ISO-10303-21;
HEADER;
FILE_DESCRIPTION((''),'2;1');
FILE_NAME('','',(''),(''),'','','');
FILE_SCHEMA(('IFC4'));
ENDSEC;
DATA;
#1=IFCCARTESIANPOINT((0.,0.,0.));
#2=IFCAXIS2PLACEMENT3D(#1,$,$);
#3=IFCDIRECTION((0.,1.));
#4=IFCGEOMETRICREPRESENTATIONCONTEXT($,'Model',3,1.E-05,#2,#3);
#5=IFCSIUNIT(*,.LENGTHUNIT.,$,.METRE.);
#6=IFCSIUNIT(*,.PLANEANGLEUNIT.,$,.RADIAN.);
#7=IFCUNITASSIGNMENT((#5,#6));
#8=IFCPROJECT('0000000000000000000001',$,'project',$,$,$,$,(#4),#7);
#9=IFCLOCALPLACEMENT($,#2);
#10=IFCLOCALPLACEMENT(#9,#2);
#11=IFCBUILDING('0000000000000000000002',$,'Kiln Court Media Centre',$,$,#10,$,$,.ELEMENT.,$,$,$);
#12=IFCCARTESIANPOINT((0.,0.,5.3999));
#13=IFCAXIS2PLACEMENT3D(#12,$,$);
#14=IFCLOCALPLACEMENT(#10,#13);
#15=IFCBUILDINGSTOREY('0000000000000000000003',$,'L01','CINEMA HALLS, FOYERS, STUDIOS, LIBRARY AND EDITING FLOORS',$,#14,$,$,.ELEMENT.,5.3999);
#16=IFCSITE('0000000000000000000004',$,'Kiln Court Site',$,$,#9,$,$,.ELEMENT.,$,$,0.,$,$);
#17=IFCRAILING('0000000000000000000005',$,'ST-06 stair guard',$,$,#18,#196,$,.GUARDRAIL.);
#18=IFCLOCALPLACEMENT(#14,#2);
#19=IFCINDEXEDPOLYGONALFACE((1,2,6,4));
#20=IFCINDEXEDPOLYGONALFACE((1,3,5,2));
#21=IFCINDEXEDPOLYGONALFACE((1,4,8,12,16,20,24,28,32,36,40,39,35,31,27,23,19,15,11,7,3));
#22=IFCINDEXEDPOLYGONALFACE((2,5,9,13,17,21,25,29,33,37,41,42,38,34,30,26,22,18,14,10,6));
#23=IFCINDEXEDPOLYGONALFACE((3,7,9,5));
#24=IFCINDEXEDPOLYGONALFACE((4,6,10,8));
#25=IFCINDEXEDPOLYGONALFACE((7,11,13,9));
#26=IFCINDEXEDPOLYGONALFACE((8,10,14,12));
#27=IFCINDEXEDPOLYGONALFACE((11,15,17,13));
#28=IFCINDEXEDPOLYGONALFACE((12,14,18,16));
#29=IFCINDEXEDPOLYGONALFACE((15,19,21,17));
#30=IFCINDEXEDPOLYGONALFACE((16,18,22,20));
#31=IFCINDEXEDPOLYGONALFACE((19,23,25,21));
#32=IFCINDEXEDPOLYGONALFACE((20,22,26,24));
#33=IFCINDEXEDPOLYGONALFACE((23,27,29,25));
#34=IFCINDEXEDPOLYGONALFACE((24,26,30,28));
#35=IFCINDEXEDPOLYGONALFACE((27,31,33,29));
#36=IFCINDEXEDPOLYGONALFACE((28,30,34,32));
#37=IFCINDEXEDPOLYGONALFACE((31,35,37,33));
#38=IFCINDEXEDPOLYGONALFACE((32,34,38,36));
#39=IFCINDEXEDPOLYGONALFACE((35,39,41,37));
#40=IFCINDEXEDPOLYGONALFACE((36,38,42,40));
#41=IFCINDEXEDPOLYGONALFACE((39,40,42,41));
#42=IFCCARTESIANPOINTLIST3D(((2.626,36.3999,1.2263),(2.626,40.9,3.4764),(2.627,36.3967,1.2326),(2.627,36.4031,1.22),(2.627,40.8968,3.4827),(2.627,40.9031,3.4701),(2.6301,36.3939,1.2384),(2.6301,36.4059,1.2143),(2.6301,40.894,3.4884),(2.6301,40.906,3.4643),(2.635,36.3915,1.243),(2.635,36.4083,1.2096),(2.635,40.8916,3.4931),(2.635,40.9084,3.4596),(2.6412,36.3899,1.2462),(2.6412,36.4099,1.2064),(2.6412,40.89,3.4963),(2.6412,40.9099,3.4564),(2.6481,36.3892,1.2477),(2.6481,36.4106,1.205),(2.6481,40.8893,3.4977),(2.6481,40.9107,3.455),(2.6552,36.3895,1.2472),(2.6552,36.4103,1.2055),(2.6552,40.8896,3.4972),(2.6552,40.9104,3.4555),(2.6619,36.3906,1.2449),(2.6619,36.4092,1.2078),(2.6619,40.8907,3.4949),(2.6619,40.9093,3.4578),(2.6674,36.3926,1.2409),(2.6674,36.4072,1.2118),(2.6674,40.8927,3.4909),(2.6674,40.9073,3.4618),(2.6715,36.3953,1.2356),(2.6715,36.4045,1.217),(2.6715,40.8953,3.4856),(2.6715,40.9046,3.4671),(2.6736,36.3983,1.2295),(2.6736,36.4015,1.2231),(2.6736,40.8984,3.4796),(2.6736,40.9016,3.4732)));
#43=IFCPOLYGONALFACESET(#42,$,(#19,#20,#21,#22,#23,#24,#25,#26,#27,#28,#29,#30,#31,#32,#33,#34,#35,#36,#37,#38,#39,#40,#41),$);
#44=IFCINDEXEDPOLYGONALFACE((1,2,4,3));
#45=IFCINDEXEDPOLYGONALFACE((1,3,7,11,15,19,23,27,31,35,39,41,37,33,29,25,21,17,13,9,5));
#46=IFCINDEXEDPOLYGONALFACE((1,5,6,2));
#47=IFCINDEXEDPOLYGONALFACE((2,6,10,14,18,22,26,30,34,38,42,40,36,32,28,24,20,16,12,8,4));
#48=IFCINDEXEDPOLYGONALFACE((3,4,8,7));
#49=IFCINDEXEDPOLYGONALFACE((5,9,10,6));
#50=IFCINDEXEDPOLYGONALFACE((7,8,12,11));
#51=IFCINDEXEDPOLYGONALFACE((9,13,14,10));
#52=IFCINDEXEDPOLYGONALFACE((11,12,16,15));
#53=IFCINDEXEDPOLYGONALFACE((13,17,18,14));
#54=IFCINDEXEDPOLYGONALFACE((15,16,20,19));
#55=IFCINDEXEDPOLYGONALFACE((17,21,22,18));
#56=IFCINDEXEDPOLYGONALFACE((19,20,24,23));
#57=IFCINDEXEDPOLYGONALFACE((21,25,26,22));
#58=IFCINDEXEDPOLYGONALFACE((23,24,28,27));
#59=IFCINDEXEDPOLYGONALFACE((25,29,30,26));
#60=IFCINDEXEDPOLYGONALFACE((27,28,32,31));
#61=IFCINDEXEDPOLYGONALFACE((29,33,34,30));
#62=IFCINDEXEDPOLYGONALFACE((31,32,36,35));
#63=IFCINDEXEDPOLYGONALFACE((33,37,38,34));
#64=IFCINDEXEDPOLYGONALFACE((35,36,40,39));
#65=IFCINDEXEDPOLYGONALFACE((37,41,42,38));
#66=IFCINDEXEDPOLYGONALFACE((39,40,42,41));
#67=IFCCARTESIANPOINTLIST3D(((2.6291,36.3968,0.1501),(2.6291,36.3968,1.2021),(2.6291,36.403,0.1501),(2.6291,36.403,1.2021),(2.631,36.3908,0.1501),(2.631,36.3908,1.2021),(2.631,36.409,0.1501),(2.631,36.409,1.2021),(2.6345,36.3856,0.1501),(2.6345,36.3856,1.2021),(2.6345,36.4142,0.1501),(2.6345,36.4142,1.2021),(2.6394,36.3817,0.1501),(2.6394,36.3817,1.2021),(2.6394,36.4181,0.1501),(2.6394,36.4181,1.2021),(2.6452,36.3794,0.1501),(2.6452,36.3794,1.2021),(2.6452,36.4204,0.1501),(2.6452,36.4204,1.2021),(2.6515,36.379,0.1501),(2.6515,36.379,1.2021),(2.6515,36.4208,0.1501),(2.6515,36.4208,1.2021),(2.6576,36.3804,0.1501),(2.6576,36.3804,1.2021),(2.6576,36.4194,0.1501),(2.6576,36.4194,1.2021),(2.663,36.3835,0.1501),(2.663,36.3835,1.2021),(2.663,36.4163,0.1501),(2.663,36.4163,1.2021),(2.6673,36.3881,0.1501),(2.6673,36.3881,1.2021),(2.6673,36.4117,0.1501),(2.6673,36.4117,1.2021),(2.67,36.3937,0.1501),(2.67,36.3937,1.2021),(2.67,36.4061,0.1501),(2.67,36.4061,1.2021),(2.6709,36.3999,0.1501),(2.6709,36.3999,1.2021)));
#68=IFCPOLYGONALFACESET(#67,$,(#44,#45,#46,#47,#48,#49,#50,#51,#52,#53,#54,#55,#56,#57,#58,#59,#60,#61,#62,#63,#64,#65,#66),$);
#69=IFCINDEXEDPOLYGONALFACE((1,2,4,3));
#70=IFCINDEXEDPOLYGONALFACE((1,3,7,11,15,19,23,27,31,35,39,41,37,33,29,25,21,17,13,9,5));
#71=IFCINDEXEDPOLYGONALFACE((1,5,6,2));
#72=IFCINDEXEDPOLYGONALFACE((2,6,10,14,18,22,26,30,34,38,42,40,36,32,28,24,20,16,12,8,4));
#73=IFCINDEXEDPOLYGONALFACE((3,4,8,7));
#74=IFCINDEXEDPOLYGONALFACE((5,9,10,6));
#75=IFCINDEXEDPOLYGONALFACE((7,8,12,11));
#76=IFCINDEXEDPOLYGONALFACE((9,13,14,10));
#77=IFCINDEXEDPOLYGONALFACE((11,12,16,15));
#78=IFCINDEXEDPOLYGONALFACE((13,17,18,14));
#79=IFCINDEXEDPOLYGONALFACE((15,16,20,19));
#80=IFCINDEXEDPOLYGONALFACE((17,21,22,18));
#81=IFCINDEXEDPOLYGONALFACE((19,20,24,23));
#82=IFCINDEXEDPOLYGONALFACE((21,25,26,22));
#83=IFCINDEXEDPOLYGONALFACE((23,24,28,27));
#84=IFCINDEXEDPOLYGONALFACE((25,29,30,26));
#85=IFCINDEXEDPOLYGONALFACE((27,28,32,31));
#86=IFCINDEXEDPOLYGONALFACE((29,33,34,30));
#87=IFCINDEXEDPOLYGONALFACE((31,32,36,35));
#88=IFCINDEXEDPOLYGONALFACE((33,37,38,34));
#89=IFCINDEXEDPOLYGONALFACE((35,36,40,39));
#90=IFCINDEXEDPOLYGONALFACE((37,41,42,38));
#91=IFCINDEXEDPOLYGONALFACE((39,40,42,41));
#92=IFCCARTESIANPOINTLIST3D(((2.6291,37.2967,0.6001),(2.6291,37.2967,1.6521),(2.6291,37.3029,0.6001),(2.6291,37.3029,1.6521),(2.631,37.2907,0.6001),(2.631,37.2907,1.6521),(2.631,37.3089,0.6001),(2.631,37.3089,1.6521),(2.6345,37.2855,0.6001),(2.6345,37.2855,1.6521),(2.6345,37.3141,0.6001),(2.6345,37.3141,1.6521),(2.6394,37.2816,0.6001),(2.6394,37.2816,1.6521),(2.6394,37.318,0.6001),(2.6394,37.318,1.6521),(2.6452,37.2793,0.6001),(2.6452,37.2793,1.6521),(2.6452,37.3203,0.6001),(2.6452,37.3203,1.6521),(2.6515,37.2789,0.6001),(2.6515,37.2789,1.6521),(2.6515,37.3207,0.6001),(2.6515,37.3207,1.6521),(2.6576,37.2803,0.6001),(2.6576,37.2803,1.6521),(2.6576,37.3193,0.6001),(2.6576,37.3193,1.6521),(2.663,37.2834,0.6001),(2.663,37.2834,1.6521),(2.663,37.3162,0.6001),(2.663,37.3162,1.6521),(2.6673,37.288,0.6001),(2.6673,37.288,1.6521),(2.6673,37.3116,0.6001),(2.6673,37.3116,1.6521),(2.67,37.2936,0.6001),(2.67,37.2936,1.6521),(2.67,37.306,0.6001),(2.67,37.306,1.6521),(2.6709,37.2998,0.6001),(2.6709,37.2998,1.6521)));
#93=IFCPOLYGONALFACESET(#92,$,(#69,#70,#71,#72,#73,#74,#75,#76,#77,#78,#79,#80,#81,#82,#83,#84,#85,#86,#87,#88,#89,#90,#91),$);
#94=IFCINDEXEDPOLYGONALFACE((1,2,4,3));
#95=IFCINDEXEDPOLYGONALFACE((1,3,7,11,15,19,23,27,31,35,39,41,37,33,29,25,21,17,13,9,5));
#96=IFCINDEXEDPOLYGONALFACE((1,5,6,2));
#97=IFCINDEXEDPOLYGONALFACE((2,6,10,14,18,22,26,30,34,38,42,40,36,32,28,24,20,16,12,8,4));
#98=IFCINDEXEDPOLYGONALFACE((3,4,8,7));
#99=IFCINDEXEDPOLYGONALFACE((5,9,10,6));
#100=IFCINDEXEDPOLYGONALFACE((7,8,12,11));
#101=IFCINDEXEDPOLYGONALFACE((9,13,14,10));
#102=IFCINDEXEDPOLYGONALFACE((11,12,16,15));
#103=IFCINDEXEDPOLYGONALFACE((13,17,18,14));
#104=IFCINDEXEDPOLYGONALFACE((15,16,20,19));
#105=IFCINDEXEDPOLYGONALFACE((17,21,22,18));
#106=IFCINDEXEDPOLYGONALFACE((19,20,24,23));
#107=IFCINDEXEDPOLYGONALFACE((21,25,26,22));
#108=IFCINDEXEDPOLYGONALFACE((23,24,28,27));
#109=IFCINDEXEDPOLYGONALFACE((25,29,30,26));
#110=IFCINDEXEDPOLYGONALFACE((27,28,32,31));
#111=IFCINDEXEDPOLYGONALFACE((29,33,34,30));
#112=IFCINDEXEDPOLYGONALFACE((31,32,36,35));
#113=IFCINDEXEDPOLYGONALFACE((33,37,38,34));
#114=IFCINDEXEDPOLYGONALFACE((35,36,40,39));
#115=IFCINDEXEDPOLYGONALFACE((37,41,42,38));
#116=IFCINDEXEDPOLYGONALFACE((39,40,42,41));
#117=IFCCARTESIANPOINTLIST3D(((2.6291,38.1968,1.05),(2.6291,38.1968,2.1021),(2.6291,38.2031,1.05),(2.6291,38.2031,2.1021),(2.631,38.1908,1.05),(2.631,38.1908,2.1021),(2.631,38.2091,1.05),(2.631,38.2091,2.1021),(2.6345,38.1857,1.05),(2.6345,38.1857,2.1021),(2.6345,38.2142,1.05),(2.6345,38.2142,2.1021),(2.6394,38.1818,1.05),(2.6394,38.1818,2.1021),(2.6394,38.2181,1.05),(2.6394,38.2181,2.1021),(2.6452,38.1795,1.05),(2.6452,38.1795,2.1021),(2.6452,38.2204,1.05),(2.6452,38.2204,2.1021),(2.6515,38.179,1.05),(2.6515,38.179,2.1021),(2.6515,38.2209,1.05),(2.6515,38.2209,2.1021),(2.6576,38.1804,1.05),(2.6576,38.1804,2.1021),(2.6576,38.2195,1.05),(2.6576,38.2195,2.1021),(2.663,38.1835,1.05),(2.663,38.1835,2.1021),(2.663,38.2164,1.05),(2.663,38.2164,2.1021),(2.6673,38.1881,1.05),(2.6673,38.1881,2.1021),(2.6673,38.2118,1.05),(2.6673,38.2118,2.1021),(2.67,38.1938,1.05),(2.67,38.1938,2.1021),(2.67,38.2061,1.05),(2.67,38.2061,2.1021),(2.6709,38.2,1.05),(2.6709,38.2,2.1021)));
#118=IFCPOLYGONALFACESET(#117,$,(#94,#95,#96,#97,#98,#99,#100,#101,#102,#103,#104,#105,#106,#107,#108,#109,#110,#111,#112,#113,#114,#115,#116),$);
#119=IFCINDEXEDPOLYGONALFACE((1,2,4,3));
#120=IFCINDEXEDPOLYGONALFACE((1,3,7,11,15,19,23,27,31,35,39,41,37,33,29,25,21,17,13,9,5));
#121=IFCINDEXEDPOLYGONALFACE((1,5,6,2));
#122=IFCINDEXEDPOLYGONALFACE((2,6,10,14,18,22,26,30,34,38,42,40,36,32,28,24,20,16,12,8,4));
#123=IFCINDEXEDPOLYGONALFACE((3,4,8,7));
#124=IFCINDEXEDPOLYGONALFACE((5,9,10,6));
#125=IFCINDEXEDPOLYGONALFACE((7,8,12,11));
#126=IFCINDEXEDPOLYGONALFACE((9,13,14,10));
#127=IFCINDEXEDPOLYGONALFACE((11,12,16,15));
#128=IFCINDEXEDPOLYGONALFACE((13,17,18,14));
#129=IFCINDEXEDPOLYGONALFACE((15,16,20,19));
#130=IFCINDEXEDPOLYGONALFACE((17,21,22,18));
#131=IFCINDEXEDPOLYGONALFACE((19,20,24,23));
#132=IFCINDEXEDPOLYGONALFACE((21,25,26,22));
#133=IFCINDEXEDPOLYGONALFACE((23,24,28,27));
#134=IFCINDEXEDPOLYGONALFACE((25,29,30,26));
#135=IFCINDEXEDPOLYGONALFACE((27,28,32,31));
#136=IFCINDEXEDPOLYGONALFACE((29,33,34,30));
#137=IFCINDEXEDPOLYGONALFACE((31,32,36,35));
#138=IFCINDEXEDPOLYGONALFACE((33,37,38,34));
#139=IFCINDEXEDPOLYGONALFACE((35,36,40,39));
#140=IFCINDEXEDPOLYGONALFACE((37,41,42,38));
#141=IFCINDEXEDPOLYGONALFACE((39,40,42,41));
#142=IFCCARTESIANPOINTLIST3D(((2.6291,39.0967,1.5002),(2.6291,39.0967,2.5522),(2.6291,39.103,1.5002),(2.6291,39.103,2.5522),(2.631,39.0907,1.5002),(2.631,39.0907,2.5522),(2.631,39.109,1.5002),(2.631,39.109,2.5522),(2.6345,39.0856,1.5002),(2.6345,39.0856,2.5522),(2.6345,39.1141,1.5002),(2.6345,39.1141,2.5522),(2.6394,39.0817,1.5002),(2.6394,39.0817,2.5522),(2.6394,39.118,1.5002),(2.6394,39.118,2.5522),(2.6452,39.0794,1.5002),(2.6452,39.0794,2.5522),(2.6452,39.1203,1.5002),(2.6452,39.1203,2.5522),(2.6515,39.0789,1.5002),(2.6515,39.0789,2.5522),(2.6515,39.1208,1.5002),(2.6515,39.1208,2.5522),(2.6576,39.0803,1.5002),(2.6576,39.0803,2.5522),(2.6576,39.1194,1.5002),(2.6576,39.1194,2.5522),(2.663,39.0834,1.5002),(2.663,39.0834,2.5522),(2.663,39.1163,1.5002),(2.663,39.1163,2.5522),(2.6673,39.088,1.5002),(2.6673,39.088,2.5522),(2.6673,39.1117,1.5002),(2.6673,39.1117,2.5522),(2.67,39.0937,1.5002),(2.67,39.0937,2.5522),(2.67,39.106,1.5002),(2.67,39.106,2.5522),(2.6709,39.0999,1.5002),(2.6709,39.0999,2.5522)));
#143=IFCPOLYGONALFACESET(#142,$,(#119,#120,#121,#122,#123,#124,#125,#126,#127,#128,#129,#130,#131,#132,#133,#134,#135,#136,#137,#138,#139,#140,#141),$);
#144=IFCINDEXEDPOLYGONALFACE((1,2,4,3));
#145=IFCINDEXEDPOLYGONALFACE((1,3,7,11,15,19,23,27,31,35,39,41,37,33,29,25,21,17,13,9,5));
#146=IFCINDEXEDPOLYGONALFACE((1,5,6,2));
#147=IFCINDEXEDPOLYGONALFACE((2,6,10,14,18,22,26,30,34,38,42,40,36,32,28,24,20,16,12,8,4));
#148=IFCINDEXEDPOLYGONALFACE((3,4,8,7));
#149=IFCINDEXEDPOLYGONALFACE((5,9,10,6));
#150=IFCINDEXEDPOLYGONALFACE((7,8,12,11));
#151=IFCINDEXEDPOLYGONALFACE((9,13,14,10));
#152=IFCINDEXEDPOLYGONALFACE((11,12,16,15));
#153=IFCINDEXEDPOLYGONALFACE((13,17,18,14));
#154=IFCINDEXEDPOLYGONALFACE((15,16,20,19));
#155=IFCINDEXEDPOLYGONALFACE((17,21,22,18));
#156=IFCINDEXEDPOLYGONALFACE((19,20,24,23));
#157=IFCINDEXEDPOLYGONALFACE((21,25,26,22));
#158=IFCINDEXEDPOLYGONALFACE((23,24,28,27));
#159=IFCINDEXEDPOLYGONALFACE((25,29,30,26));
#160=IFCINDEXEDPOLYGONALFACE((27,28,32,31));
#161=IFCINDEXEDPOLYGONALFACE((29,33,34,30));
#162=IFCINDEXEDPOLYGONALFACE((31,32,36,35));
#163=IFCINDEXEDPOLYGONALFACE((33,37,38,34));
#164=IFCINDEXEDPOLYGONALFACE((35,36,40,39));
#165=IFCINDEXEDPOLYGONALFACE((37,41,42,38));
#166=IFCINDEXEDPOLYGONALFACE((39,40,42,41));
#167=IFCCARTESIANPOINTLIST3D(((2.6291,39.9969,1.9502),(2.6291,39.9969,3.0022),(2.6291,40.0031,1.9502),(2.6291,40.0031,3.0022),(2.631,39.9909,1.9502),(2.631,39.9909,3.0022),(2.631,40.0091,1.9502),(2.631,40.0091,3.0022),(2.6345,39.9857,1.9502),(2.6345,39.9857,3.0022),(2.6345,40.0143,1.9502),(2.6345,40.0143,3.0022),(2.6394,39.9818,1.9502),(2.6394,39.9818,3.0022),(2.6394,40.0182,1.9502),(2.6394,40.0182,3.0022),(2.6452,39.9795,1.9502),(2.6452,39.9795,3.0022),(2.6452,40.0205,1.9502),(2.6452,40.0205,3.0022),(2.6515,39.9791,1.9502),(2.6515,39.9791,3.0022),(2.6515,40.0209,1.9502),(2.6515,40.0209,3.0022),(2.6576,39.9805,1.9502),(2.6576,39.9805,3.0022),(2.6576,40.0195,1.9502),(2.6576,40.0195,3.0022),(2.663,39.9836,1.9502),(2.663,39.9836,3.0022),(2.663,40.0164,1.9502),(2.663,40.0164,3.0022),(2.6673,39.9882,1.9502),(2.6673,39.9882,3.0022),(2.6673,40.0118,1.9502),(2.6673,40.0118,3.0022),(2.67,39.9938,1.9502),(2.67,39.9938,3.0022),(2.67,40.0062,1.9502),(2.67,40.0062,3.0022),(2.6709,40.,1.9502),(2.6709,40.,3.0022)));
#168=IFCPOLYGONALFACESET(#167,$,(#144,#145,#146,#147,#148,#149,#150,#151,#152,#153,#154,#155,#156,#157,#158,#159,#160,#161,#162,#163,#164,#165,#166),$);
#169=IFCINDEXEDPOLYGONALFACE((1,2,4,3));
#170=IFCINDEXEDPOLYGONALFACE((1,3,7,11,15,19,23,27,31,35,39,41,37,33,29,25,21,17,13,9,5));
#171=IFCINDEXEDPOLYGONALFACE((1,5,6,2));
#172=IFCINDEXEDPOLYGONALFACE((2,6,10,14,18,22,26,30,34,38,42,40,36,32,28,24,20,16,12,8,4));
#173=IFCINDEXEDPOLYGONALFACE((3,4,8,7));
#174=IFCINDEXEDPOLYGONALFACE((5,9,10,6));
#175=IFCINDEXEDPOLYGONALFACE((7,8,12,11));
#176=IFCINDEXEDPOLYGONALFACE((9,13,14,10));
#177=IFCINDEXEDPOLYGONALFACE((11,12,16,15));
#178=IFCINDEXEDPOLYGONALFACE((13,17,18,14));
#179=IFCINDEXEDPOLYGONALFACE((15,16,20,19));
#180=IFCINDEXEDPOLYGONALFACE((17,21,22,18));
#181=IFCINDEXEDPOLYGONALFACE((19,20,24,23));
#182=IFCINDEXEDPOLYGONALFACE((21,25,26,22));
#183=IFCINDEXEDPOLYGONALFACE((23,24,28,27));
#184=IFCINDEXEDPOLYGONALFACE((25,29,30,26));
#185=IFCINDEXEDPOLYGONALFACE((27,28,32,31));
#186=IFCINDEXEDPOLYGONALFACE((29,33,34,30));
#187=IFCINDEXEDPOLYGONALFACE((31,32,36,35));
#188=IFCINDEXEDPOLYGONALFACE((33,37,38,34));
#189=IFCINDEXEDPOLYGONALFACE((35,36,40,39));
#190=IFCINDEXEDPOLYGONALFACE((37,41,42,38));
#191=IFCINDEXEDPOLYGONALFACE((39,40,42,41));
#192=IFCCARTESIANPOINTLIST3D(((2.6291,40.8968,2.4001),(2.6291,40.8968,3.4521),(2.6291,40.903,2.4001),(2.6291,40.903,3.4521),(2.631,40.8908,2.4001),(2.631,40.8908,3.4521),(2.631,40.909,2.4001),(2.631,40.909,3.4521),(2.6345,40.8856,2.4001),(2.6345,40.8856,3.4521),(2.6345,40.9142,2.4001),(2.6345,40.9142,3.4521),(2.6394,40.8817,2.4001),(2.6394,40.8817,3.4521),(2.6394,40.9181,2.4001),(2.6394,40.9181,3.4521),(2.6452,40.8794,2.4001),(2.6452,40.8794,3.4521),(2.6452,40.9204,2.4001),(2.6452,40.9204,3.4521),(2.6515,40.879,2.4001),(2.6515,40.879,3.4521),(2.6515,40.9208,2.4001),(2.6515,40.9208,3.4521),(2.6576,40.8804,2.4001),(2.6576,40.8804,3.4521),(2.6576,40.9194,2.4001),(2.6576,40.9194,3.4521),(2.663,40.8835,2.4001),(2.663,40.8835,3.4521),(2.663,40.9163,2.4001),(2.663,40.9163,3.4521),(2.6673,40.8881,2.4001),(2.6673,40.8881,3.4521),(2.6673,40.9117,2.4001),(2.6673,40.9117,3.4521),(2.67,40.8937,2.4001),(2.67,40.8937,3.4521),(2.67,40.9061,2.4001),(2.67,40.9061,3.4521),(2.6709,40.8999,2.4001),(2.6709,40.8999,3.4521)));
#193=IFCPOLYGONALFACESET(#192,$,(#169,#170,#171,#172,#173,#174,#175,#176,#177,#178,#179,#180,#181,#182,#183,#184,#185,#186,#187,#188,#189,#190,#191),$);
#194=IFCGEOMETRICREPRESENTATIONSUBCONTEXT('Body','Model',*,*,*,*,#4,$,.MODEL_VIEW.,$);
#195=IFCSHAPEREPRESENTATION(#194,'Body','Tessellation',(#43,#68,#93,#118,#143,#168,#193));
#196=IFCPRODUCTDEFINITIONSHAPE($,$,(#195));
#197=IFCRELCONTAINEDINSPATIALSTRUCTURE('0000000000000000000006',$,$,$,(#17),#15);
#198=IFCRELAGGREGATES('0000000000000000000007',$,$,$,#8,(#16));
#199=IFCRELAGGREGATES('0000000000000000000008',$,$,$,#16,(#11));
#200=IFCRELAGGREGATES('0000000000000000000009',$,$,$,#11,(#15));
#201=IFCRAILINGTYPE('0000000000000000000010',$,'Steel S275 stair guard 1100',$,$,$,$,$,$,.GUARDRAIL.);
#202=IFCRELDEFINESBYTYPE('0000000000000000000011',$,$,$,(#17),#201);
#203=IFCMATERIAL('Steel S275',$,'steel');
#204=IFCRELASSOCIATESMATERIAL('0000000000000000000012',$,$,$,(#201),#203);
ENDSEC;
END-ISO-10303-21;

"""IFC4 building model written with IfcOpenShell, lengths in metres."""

from ifc_helpers import new_model, si_unit, direction, frame, origin, origin_2d, place, context, subcontext, project, spatial, circle, extrude, material, type_object, element, save


model = new_model("IFC4")

# Units and contexts
model_context = context("Model", 3, precision=1e-05, world=origin(), true_north=direction((0.0, 1.0)))
body_context = subcontext(model_context, "Body", "Model", "MODEL_VIEW")
ifc_project = project(units=[si_unit("LENGTHUNIT", "METRE"), si_unit("PLANEANGLEUNIT", "RADIAN")], contexts=[model_context])

# Site, building, storey
site_placement = place(None, origin())
site = spatial("IfcSite", under=ifc_project, at=site_placement, Name="Kiln Court Site", CompositionType="ELEMENT", RefElevation=0.0)
building_placement = place(site_placement, origin())
building = spatial("IfcBuilding", under=site, at=building_placement, Name="Kiln Court Media Centre", CompositionType="ELEMENT")
storey_placement = place(building_placement, frame((0.0, 0.0, 5.3999)))
storey = spatial("IfcBuildingStorey", under=building, at=storey_placement, Name="L01", Description="CINEMA HALLS, FOYERS, STUDIOS, LIBRARY AND EDITING FLOORS", CompositionType="ELEMENT", Elevation=5.3999)

# Railing
ifc_material_1 = material(Name="Steel S275", Category="steel")
railing_type_1 = type_object("IfcRailingType", Name="Steel S275 stair guard 1100", PredefinedType="GUARDRAIL", material=ifc_material_1)
railing_1_placement = place(storey_placement, frame((2.6499, 36.3999, 0.1501)))
element("IfcRailing", 1, at=railing_1_placement, inside=storey, type_object=railing_type_1, Name="ST-06 stair guard", PredefinedType="GUARDRAIL", context=body_context, shape_type="SweptSolid", body=[
    extrude(circle(Radius=0.0239, at=origin_2d()), frame((0.0, 0.0, 1.0762), z_axis=(0.0, 0.894427, 0.447214), x_axis=(-1.0, 0.0, 0.0)), (0.0, 0.0, 1.0), 5.0312),
    extrude(circle(Radius=0.021, at=origin_2d()), origin(), (0.0, 0.0, 1.0), 1.052),
    extrude(circle(Radius=0.021, at=origin_2d()), frame((0.0, 0.8999, 0.45)), (0.0, 0.0, 1.0), 1.052),
    extrude(circle(Radius=0.021, at=origin_2d()), frame((0.0, 1.8, 0.8999)), (0.0, 0.0, 1.0), 1.052),
    extrude(circle(Radius=0.021, at=origin_2d()), frame((0.0, 2.7, 1.3501)), (0.0, 0.0, 1.0), 1.052),
    extrude(circle(Radius=0.021, at=origin_2d()), frame((0.0, 3.6001, 1.8)), (0.0, 0.0, 1.0), 1.052),
    extrude(circle(Radius=0.021, at=origin_2d()), frame((0.0, 4.5, 2.25)), (0.0, 0.0, 1.0), 1.052),
])

save(model, "model.ifc")
